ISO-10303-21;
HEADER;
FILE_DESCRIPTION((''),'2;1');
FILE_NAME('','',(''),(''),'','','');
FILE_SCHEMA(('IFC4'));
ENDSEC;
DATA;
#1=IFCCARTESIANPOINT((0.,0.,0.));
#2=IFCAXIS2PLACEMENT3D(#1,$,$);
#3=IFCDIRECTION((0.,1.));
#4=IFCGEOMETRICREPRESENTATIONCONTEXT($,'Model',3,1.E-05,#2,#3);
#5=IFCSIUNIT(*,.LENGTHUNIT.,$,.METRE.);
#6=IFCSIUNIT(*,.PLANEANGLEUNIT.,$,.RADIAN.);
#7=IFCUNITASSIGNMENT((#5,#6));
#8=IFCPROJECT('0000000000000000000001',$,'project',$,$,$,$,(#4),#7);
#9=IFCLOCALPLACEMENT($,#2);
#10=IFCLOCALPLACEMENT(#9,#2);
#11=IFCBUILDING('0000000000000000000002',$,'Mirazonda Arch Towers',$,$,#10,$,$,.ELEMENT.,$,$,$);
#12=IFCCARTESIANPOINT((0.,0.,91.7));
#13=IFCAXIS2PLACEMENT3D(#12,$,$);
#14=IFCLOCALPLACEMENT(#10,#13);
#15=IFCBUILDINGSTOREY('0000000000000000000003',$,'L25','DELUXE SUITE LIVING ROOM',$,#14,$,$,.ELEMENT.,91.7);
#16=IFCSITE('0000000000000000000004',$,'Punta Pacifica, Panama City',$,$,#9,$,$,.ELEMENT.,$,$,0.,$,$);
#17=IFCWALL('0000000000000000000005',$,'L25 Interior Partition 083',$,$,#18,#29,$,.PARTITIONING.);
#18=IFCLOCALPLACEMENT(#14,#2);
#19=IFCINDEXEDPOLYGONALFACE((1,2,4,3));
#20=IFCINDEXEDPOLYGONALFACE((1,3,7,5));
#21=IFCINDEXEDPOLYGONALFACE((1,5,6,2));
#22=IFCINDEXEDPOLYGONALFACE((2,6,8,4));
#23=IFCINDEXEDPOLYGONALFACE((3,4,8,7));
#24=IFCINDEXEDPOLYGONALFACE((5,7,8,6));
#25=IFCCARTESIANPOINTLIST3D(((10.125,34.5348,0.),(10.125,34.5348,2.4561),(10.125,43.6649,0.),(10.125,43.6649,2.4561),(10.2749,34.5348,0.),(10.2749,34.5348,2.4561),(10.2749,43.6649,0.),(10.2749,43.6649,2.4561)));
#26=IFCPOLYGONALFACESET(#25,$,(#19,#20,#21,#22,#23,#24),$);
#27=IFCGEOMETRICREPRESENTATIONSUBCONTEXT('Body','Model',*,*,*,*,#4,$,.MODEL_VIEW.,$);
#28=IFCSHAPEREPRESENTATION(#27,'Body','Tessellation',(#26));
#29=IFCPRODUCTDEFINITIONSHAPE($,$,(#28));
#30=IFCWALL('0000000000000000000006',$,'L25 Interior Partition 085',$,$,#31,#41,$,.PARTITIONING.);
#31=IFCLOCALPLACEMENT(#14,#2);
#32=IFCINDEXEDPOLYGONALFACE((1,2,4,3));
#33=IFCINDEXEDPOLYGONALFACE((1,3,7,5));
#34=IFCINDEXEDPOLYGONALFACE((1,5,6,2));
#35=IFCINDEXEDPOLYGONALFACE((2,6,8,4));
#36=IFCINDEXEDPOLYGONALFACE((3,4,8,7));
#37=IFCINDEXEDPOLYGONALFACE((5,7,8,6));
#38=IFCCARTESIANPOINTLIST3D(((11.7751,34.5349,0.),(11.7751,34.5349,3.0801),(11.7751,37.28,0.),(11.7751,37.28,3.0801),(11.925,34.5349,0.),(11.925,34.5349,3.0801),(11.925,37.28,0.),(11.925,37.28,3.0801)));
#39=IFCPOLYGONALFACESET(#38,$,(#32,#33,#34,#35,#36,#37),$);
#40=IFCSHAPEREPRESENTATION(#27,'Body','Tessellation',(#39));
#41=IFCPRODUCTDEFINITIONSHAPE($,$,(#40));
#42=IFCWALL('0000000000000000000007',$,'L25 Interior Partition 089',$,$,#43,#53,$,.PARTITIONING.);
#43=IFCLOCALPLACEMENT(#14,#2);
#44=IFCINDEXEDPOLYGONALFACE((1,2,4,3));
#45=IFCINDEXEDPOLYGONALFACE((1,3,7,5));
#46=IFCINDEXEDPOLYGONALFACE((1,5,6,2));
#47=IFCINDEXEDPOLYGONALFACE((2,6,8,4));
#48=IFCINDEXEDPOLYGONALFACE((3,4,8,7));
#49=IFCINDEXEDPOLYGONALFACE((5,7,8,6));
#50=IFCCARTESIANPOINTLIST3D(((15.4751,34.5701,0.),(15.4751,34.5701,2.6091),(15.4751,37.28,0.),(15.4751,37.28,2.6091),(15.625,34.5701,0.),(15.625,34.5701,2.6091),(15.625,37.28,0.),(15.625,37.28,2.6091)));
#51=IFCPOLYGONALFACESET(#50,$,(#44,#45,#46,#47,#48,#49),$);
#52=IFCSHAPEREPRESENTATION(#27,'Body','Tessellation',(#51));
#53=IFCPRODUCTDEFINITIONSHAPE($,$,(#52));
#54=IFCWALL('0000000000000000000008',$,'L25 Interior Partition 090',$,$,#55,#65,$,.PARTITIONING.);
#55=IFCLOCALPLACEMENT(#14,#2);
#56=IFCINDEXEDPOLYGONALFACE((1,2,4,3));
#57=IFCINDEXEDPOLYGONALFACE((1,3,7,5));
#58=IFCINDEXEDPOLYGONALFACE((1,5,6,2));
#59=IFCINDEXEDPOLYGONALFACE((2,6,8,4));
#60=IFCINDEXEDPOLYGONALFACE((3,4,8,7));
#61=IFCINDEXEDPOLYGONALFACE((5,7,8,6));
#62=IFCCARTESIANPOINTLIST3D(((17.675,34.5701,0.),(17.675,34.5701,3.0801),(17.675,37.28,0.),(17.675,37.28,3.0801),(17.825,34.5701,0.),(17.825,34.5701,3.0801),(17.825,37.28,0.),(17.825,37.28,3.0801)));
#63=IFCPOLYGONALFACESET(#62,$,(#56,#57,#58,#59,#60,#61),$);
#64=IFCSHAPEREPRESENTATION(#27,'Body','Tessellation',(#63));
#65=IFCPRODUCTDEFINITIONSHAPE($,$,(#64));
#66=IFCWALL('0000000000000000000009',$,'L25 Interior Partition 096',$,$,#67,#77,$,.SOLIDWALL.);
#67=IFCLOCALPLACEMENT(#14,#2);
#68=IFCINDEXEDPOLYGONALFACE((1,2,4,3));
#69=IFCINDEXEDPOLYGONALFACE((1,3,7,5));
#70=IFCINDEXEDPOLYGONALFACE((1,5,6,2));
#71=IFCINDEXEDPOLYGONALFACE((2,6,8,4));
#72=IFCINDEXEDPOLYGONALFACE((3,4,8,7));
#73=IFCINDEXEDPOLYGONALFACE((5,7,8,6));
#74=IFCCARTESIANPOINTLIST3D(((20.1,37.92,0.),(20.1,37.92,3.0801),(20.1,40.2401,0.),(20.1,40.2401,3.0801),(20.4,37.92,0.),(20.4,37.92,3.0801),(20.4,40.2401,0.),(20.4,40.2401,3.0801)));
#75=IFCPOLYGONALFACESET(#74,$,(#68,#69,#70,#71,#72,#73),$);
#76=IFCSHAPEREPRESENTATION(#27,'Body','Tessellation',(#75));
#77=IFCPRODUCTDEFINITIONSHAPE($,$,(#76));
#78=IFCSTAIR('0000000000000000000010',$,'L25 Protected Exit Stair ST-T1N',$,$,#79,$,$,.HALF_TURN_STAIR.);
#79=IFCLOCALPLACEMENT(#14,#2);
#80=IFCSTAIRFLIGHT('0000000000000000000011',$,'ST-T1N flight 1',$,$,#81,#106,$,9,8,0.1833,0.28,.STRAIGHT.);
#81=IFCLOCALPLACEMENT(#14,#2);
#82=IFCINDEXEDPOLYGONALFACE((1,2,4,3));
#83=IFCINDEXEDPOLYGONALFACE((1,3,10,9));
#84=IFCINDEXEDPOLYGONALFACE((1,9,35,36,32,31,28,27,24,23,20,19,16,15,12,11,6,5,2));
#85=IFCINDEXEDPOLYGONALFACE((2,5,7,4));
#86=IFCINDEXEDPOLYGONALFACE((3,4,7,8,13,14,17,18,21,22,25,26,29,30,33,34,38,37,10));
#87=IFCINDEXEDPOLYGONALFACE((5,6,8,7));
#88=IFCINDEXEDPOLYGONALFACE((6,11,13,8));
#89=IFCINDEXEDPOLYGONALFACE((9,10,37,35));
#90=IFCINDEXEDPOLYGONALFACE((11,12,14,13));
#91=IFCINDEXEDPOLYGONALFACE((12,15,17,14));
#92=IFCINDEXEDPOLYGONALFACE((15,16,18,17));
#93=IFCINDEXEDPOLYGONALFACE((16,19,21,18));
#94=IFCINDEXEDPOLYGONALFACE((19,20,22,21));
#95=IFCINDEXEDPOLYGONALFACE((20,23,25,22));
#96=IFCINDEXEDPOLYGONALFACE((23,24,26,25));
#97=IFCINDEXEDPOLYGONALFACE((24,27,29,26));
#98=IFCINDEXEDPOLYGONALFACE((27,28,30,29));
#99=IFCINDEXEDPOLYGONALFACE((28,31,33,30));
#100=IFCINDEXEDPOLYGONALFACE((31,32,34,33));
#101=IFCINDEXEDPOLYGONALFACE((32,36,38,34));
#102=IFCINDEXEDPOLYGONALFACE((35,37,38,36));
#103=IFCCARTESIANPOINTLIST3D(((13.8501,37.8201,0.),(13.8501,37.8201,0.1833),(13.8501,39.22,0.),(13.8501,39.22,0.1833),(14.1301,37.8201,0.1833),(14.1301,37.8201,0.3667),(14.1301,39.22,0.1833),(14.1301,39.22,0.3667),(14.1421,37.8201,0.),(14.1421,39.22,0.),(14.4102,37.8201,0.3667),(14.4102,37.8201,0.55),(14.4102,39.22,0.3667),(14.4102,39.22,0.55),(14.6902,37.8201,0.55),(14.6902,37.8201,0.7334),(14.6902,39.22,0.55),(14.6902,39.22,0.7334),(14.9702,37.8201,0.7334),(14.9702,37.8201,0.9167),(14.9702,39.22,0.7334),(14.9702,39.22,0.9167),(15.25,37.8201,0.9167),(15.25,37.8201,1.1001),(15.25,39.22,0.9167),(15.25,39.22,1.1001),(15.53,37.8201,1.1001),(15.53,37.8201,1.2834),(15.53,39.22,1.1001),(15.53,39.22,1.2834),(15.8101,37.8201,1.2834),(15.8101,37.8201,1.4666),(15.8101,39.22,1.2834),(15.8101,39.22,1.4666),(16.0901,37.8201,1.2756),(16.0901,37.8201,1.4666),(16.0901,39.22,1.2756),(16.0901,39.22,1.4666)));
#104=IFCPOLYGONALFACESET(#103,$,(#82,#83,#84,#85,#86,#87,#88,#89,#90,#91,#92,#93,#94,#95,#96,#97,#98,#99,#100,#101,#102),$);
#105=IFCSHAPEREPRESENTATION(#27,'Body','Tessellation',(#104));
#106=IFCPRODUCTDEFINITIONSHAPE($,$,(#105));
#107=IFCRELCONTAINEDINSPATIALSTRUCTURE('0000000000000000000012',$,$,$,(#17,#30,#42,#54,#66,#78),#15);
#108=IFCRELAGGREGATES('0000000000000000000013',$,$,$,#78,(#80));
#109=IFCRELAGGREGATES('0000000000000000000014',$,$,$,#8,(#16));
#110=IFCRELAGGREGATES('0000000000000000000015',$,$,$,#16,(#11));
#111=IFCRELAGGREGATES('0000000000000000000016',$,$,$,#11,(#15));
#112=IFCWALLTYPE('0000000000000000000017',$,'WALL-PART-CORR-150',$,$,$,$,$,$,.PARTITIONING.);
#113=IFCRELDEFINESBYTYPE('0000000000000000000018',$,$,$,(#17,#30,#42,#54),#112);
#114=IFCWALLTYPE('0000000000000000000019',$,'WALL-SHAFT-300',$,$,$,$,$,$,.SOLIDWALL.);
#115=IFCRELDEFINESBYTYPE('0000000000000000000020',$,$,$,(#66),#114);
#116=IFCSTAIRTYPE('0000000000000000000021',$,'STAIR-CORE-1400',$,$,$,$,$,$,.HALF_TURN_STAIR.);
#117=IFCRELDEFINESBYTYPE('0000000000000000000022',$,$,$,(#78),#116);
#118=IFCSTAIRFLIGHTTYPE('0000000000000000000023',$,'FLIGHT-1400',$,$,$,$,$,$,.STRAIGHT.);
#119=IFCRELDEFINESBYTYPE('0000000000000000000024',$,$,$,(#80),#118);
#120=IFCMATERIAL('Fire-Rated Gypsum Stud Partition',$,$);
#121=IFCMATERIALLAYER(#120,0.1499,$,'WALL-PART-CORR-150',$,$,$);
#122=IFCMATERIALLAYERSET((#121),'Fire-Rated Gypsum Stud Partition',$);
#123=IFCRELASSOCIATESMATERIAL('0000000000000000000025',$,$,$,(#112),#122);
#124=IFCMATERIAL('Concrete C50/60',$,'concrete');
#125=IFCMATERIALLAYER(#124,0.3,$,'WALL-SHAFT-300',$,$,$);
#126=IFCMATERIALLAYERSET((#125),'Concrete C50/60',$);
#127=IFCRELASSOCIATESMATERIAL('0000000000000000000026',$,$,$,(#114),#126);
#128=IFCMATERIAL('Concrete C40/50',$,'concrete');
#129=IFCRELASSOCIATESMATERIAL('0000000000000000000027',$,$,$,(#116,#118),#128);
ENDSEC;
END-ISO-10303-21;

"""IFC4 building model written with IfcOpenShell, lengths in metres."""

from ifc_helpers import new_model, si_unit, direction, frame, frame_2d, origin, place, context, subcontext, project, spatial, polyline, rectangle, outline, extrude, material, layer, layer_set, type_object, element, aggregate, save


model = new_model("IFC4")

# Units and contexts
model_context = context("Model", 3, precision=1e-05, world=origin(), true_north=direction((0.0, 1.0)))
body_context = subcontext(model_context, "Body", "Model", "MODEL_VIEW")
ifc_project = project(units=[si_unit("LENGTHUNIT", "METRE"), si_unit("PLANEANGLEUNIT", "RADIAN")], contexts=[model_context])

# Site, building, storey
site_placement = place(None, origin())
site = spatial("IfcSite", under=ifc_project, at=site_placement, Name="Punta Pacifica, Panama City", CompositionType="ELEMENT", RefElevation=0.0)
building_placement = place(site_placement, origin())
building = spatial("IfcBuilding", under=site, at=building_placement, Name="Mirazonda Arch Towers", CompositionType="ELEMENT")
storey_placement = place(building_placement, frame((0.0, 0.0, 91.7)))
storey = spatial("IfcBuildingStorey", under=building, at=storey_placement, Name="L25", Description="DELUXE SUITE LIVING ROOM", CompositionType="ELEMENT", Elevation=91.7)

# Shared definitions
ifc_material_1 = material(Name="Concrete C50/60", Category="concrete")

# Shared definitions
ifc_material_2 = material(Name="Concrete C40/50", Category="concrete")

# Shared definitions
ifc_material_3 = material(Name="Fire-Rated Gypsum Stud Partition")
ifc_layer_1 = layer(ifc_material_3, 0.1499, Name="WALL-PART-CORR-150")
ifc_layer_set_1 = layer_set([ifc_layer_1], Name="Fire-Rated Gypsum Stud Partition")
wall_type_1 = type_object("IfcWallType", Name="WALL-PART-CORR-150", PredefinedType="PARTITIONING", material=ifc_layer_set_1)

# Walls
wall_1_placement = place(storey_placement, frame((10.2, 34.5349, 0.0), z_axis=(0.0, 0.0, 1.0), x_axis=(0.0, 1.0, 0.0)))
element("IfcWall", 1, at=wall_1_placement, inside=storey, type_object=wall_type_1, Name="L25 Interior Partition 083", PredefinedType="PARTITIONING", context=body_context, shape_type="SweptSolid", body=[
    extrude(rectangle(XDim=9.1301, YDim=0.1499, at=frame_2d((4.5649, 0.0))), origin(), (0.0, 0.0, 1.0), 2.4561),
])
wall_2_placement = place(storey_placement, frame((11.8501, 34.5349, 0.0), z_axis=(0.0, 0.0, 1.0), x_axis=(0.0, 1.0, 0.0)))
element("IfcWall", 2, at=wall_2_placement, inside=storey, type_object=wall_type_1, Name="L25 Interior Partition 085", PredefinedType="PARTITIONING", context=body_context, shape_type="SweptSolid", body=[
    extrude(rectangle(XDim=2.7451, YDim=0.1499, at=frame_2d((1.3726, 0.0))), origin(), (0.0, 0.0, 1.0), 3.0801),
])
wall_3_placement = place(storey_placement, frame((15.55, 34.5701, 0.0), z_axis=(0.0, 0.0, 1.0), x_axis=(0.0, 1.0, 0.0)))
element("IfcWall", 3, at=wall_3_placement, inside=storey, type_object=wall_type_1, Name="L25 Interior Partition 089", PredefinedType="PARTITIONING", context=body_context, shape_type="SweptSolid", body=[
    extrude(rectangle(XDim=2.71, YDim=0.1499, at=frame_2d((1.355, 0.0))), origin(), (0.0, 0.0, 1.0), 2.6091),
])
wall_4_placement = place(storey_placement, frame((17.75, 34.5701, 0.0), z_axis=(0.0, 0.0, 1.0), x_axis=(0.0, 1.0, 0.0)))
element("IfcWall", 4, at=wall_4_placement, inside=storey, type_object=wall_type_1, Name="L25 Interior Partition 090", PredefinedType="PARTITIONING", context=body_context, shape_type="SweptSolid", body=[
    extrude(rectangle(XDim=2.71, YDim=0.1499, at=frame_2d((1.355, 0.0))), origin(), (0.0, 0.0, 1.0), 3.0801),
])
ifc_layer_2 = layer(ifc_material_1, 0.3, Name="WALL-SHAFT-300")
ifc_layer_set_2 = layer_set([ifc_layer_2], Name="Concrete C50/60")
wall_type_2 = type_object("IfcWallType", Name="WALL-SHAFT-300", PredefinedType="SOLIDWALL", material=ifc_layer_set_2)
wall_5_placement = place(storey_placement, frame((20.25, 37.9199, 0.0), z_axis=(0.0, 0.0, 1.0), x_axis=(0.0, 1.0, 0.0)))
element("IfcWall", 5, at=wall_5_placement, inside=storey, type_object=wall_type_2, Name="L25 Interior Partition 096", PredefinedType="SOLIDWALL", context=body_context, shape_type="SweptSolid", body=[
    extrude(rectangle(XDim=2.3201, YDim=0.3, at=frame_2d((1.1602, 0.0))), origin(), (0.0, 0.0, 1.0), 3.0801),
])

# Stair, stair flight
stair_type = type_object("IfcStairType", Name="STAIR-CORE-1400", PredefinedType="HALF_TURN_STAIR", material=ifc_material_2)
stair_placement = place(storey_placement, origin())
stair = element("IfcStair", 6, at=stair_placement, inside=storey, type_object=stair_type, Name="L25 Protected Exit Stair ST-T1N", PredefinedType="HALF_TURN_STAIR")
stair_flight_type = type_object("IfcStairFlightType", Name="FLIGHT-1400", PredefinedType="STRAIGHT", material=ifc_material_2)
stair_flight_placement = place(storey_placement, frame((13.8501, 38.52, 0.0), z_axis=(0.0, 0.0, 1.0), x_axis=(1.0, 0.0, 0.0)))
stair_flight = element("IfcStairFlight", 7, at=stair_flight_placement, type_object=stair_flight_type, Name="ST-T1N flight 1", NumberOfRisers=9, NumberOfTreads=8, PredefinedType="STRAIGHT", RiserHeight=0.1833, TreadLength=0.28, context=body_context, shape_type="SweptSolid", body=[
    extrude(outline(polyline([(0.0, 0.0), (0.0, 0.1833), (0.28, 0.1833), (0.28, 0.3667), (0.5601, 0.3667), (0.5601, 0.55), (0.8401, 0.55), (0.8401, 0.7334), (1.1201, 0.7334), (1.1201, 0.9167), (1.3999, 0.9167), (1.3999, 1.1001), (1.6799, 1.1001), (1.6799, 1.2834), (1.96, 1.2834), (1.96, 1.4666), (2.24, 1.4666), (2.24, 1.6499), (2.24, 1.2756), (0.292, 0.0), (0.0, 0.0)])), frame((0.0, 0.7, 0.0), z_axis=(0.0, -1.0, 0.0), x_axis=(1.0, 0.0, 0.0)), (0.0, 0.0, 1.0), 1.3999),
])
aggregate(stair, [stair_flight])

save(model, "model.ifc")
